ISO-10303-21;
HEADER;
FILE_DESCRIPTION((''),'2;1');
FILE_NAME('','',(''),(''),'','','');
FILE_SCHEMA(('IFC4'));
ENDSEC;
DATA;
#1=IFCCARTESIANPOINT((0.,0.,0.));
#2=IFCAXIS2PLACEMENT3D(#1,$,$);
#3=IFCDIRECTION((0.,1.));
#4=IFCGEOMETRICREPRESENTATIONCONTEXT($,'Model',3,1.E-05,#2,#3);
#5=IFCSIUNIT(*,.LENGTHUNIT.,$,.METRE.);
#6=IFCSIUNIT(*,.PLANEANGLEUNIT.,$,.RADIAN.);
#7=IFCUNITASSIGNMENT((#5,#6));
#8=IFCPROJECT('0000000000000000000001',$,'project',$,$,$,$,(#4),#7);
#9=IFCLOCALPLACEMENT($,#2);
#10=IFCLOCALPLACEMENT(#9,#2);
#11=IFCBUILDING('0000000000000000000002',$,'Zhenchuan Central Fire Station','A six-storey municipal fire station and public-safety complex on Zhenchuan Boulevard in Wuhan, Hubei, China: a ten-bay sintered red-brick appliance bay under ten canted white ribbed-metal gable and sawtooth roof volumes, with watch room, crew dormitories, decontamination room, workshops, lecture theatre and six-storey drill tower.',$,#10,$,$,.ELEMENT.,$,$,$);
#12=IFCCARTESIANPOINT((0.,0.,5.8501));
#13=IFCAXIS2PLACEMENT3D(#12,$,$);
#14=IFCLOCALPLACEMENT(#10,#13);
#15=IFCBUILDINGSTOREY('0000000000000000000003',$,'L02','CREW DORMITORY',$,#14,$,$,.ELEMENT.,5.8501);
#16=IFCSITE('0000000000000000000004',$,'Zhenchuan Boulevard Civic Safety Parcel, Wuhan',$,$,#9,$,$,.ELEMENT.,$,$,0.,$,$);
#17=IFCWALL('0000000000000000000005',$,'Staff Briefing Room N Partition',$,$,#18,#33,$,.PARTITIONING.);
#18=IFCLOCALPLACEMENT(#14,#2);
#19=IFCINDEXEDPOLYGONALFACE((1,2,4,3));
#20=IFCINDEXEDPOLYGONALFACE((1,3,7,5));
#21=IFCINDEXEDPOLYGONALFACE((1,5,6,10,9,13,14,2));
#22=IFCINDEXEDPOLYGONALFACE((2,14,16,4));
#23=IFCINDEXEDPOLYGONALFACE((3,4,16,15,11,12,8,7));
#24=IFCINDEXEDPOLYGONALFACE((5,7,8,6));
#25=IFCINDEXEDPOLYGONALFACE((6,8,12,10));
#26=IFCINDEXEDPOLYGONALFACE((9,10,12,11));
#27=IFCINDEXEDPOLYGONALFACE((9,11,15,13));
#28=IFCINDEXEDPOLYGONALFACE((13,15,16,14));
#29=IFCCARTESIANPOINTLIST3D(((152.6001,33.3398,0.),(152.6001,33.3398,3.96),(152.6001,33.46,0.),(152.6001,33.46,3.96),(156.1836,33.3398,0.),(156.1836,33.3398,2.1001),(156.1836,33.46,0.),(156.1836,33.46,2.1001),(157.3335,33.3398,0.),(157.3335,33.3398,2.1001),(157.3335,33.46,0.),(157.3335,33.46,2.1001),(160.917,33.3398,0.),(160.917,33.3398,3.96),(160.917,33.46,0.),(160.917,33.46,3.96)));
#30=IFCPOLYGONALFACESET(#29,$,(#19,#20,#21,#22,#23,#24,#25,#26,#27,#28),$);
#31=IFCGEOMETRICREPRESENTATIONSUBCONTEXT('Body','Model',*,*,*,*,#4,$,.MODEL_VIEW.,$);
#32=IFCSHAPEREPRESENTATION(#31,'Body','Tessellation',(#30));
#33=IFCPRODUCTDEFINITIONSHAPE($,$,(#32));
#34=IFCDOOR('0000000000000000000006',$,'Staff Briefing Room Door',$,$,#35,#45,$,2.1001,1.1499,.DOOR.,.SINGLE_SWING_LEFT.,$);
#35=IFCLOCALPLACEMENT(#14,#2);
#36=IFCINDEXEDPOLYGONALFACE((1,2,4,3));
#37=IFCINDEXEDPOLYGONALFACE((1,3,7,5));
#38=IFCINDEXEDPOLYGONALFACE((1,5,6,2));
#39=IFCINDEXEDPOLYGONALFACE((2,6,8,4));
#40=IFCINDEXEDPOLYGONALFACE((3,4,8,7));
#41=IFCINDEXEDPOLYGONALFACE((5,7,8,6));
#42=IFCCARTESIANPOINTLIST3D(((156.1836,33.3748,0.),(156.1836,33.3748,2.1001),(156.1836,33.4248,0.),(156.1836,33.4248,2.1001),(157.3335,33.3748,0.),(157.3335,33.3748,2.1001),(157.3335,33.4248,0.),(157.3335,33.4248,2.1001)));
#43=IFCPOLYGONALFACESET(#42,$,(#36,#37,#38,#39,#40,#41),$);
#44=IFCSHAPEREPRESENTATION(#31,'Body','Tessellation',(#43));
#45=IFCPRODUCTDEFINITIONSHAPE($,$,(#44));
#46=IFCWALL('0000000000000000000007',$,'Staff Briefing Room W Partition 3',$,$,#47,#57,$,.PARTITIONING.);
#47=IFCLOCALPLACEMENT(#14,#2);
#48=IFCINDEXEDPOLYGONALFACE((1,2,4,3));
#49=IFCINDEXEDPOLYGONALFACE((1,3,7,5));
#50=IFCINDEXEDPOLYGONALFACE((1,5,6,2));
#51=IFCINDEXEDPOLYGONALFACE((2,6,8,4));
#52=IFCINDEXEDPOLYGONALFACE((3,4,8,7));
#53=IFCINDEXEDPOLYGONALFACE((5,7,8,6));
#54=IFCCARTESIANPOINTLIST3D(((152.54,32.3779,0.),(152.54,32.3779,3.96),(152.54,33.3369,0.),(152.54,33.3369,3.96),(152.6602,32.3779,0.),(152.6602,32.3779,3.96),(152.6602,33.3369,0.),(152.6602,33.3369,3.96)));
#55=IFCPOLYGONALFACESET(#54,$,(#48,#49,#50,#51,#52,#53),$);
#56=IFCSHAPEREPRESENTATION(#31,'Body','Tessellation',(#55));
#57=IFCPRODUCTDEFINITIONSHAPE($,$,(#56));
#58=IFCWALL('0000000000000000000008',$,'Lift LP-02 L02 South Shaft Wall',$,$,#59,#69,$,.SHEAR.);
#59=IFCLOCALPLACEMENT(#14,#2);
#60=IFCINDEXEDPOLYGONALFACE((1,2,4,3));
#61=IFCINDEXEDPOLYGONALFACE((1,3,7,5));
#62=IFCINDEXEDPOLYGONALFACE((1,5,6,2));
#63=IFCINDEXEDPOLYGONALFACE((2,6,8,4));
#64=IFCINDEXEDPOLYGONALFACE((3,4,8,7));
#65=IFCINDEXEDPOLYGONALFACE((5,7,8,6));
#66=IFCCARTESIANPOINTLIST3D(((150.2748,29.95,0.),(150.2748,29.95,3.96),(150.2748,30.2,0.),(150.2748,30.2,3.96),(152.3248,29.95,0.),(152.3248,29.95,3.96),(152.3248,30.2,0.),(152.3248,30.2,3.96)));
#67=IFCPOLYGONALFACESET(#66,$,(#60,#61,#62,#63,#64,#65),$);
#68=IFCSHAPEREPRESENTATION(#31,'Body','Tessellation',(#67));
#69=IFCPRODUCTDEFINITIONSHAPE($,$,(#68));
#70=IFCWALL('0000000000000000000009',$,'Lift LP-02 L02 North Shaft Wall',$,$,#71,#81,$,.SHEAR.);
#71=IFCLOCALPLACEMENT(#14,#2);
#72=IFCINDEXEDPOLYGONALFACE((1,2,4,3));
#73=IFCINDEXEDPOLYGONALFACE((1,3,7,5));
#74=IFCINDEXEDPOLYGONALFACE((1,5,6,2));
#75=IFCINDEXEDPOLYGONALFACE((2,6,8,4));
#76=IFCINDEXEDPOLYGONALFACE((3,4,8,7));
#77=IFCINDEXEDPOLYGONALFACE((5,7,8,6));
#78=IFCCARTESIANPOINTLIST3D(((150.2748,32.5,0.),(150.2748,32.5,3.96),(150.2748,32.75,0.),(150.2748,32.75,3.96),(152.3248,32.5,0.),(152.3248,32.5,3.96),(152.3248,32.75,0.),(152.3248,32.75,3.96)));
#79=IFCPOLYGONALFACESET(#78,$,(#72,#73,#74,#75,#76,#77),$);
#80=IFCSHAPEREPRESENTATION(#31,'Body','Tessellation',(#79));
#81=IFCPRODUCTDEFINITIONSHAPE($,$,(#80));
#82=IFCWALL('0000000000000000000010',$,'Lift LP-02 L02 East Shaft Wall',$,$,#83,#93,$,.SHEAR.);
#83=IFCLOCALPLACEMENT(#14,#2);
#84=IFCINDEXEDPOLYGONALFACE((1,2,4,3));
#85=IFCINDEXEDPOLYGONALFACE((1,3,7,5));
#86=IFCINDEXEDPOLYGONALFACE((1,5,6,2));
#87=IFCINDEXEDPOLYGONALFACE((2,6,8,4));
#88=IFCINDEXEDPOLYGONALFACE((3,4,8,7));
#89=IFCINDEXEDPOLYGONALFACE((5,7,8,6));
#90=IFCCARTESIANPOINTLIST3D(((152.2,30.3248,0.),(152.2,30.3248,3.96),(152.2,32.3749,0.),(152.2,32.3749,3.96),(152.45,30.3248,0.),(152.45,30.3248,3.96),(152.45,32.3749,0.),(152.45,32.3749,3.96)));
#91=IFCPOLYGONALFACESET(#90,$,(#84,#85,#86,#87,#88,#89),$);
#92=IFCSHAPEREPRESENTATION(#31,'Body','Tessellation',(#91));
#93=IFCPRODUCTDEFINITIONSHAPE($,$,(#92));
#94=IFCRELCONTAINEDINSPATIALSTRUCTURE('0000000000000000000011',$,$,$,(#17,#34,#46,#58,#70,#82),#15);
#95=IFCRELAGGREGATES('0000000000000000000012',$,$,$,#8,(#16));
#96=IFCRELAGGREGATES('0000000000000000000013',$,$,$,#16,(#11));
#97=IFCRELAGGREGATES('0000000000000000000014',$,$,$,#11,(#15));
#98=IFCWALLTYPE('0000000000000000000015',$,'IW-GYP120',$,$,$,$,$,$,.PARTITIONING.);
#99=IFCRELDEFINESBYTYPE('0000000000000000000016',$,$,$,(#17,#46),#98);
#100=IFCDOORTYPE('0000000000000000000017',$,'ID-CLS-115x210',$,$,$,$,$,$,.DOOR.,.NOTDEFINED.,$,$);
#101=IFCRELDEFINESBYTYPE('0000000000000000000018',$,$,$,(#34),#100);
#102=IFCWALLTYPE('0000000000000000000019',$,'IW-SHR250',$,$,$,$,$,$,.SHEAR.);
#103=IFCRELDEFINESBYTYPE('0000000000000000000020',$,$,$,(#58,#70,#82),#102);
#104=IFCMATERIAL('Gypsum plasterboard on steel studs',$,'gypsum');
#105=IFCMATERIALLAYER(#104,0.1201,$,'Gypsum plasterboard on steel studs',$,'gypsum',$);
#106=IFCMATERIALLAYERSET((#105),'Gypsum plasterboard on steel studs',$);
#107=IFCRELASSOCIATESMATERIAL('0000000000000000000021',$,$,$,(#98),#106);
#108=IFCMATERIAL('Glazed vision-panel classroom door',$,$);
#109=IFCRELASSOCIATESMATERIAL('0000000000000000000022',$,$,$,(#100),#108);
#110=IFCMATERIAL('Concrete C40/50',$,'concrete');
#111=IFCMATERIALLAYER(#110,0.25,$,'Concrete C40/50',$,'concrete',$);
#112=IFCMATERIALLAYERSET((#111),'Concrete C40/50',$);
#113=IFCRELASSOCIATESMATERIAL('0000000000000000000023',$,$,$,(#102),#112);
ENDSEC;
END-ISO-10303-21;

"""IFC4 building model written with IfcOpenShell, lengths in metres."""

from ifc_helpers import new_model, si_unit, direction, frame, frame_2d, origin, place, context, subcontext, project, spatial, rectangle, extrude, material, layer, layer_set, type_object, element, fill, save


model = new_model("IFC4")

# Units and contexts
model_context = context("Model", 3, precision=1e-05, world=origin(), true_north=direction((0.0, 1.0)))
body_context = subcontext(model_context, "Body", "Model", "MODEL_VIEW")
ifc_project = project(units=[si_unit("LENGTHUNIT", "METRE"), si_unit("PLANEANGLEUNIT", "RADIAN")], contexts=[model_context])

# Site, building, storey
site_placement = place(None, origin())
site = spatial("IfcSite", under=ifc_project, at=site_placement, Name="Zhenchuan Boulevard Civic Safety Parcel, Wuhan", CompositionType="ELEMENT", RefElevation=0.0)
building_placement = place(site_placement, origin())
building = spatial("IfcBuilding", under=site, at=building_placement, Name="Zhenchuan Central Fire Station", Description="A six-storey municipal fire station and public-safety complex on Zhenchuan Boulevard in Wuhan, Hubei, China: a ten-bay sintered red-brick appliance bay under ten canted white ribbed-metal gable and sawtooth roof volumes, with watch room, crew dormitories, decontamination room, workshops, lecture theatre and six-storey drill tower.", CompositionType="ELEMENT")
storey_placement = place(building_placement, frame((0.0, 0.0, 5.8501)))
storey = spatial("IfcBuildingStorey", under=building, at=storey_placement, Name="L02", Description="CREW DORMITORY", CompositionType="ELEMENT", Elevation=5.8501)

# Wall, opening, door
ifc_material_1 = material(Name="Gypsum plasterboard on steel studs", Category="gypsum")
ifc_layer_1 = layer(ifc_material_1, 0.1201, Name="Gypsum plasterboard on steel studs", Category="gypsum")
ifc_layer_set_1 = layer_set([ifc_layer_1], Name="Gypsum plasterboard on steel studs")
wall_type_1 = type_object("IfcWallType", Name="IW-GYP120", PredefinedType="PARTITIONING", material=ifc_layer_set_1)
wall_1_placement = place(storey_placement, frame((152.6001, 33.3999, 0.0), z_axis=(0.0, 0.0, 1.0), x_axis=(1.0, 0.0, 0.0)))
wall_1 = element("IfcWall", 1, at=wall_1_placement, inside=storey, type_object=wall_type_1, Name="Staff Briefing Room N Partition", PredefinedType="PARTITIONING", context=body_context, shape_type="SweptSolid", body=[
    extrude(rectangle(XDim=8.3169, YDim=0.1201, at=frame_2d((4.1584, 0.0))), origin(), (0.0, 0.0, 1.0), 3.96),
])
opening_1_placement = place(wall_1_placement, frame((3.5835, 0.0, 0.0)))
opening_1 = element("IfcOpeningElement", 2, at=opening_1_placement, cuts=wall_1, PredefinedType="OPENING", context=body_context, shape_type="SweptSolid", body=[
    extrude(rectangle(XDim=1.1499, YDim=2.1001, at=frame_2d((0.575, 1.05))), frame((0.0, 0.0701, 0.0), z_axis=(0.0, -1.0, 0.0), x_axis=(1.0, 0.0, 0.0)), (0.0, 0.0, 1.0), 0.1401),
])
ifc_material_2 = material(Name="Glazed vision-panel classroom door")
door_type_1 = type_object("IfcDoorType", Name="ID-CLS-115x210", OperationType="NOTDEFINED", PredefinedType="DOOR", material=ifc_material_2)
door_1_placement = place(opening_1_placement, origin())
door_1 = element("IfcDoor", 3, at=door_1_placement, inside=storey, type_object=door_type_1, Name="Staff Briefing Room Door", OperationType="SINGLE_SWING_LEFT", OverallHeight=2.1001, OverallWidth=1.1499, PredefinedType="DOOR", context=body_context, shape_type="SweptSolid", body=[
    extrude(rectangle(XDim=1.1499, YDim=2.1001, at=frame_2d((0.575, 1.05))), frame((0.0, 0.0249, 0.0), z_axis=(0.0, -1.0, 0.0), x_axis=(1.0, 0.0, 0.0)), (0.0, 0.0, 1.0), 0.05),
])
fill(opening_1, door_1)

# Walls
wall_2_placement = place(storey_placement, frame((152.6001, 32.3779, 0.0), z_axis=(0.0, 0.0, 1.0), x_axis=(0.0, 1.0, 0.0)))
element("IfcWall", 4, at=wall_2_placement, inside=storey, type_object=wall_type_1, Name="Staff Briefing Room W Partition 3", PredefinedType="PARTITIONING", context=body_context, shape_type="SweptSolid", body=[
    extrude(rectangle(XDim=0.959, YDim=0.1201, at=frame_2d((0.4795, 0.0))), origin(), (0.0, 0.0, 1.0), 3.96),
])
ifc_material_3 = material(Name="Concrete C40/50", Category="concrete")
ifc_layer_2 = layer(ifc_material_3, 0.25, Name="Concrete C40/50", Category="concrete")
ifc_layer_set_2 = layer_set([ifc_layer_2], Name="Concrete C40/50")
wall_type_2 = type_object("IfcWallType", Name="IW-SHR250", PredefinedType="SHEAR", material=ifc_layer_set_2)
for number, where, z_axis, x_axis, name in (
    (5, (150.2749, 30.075, 0.0), (0.0, 0.0, 1.0), (1.0, 0.0, 0.0), "Lift LP-02 L02 South Shaft Wall"),
    (6, (150.2749, 32.625, 0.0), (0.0, 0.0, 1.0), (1.0, 0.0, 0.0), "Lift LP-02 L02 North Shaft Wall"),
):
    element("IfcWall", number, at=place(storey_placement, frame(where, z_axis=z_axis, x_axis=x_axis)), inside=storey, type_object=wall_type_2, Name=name, PredefinedType="SHEAR", context=body_context, shape_type="SweptSolid", body=[
        extrude(rectangle(XDim=2.05, YDim=0.25, at=frame_2d((1.0249, 0.0))), origin(), (0.0, 0.0, 1.0), 3.96),
    ])

# Wall
wall_3_placement = place(storey_placement, frame((152.325, 30.325, 0.0), z_axis=(0.0, 0.0, 1.0), x_axis=(0.0, 1.0, 0.0)))
element("IfcWall", 7, at=wall_3_placement, inside=storey, type_object=wall_type_2, Name="Lift LP-02 L02 East Shaft Wall", PredefinedType="SHEAR", context=body_context, shape_type="SweptSolid", body=[
    extrude(rectangle(XDim=2.05, YDim=0.25, at=frame_2d((1.0249, 0.0))), origin(), (0.0, 0.0, 1.0), 3.96),
])

save(model, "model.ifc")
